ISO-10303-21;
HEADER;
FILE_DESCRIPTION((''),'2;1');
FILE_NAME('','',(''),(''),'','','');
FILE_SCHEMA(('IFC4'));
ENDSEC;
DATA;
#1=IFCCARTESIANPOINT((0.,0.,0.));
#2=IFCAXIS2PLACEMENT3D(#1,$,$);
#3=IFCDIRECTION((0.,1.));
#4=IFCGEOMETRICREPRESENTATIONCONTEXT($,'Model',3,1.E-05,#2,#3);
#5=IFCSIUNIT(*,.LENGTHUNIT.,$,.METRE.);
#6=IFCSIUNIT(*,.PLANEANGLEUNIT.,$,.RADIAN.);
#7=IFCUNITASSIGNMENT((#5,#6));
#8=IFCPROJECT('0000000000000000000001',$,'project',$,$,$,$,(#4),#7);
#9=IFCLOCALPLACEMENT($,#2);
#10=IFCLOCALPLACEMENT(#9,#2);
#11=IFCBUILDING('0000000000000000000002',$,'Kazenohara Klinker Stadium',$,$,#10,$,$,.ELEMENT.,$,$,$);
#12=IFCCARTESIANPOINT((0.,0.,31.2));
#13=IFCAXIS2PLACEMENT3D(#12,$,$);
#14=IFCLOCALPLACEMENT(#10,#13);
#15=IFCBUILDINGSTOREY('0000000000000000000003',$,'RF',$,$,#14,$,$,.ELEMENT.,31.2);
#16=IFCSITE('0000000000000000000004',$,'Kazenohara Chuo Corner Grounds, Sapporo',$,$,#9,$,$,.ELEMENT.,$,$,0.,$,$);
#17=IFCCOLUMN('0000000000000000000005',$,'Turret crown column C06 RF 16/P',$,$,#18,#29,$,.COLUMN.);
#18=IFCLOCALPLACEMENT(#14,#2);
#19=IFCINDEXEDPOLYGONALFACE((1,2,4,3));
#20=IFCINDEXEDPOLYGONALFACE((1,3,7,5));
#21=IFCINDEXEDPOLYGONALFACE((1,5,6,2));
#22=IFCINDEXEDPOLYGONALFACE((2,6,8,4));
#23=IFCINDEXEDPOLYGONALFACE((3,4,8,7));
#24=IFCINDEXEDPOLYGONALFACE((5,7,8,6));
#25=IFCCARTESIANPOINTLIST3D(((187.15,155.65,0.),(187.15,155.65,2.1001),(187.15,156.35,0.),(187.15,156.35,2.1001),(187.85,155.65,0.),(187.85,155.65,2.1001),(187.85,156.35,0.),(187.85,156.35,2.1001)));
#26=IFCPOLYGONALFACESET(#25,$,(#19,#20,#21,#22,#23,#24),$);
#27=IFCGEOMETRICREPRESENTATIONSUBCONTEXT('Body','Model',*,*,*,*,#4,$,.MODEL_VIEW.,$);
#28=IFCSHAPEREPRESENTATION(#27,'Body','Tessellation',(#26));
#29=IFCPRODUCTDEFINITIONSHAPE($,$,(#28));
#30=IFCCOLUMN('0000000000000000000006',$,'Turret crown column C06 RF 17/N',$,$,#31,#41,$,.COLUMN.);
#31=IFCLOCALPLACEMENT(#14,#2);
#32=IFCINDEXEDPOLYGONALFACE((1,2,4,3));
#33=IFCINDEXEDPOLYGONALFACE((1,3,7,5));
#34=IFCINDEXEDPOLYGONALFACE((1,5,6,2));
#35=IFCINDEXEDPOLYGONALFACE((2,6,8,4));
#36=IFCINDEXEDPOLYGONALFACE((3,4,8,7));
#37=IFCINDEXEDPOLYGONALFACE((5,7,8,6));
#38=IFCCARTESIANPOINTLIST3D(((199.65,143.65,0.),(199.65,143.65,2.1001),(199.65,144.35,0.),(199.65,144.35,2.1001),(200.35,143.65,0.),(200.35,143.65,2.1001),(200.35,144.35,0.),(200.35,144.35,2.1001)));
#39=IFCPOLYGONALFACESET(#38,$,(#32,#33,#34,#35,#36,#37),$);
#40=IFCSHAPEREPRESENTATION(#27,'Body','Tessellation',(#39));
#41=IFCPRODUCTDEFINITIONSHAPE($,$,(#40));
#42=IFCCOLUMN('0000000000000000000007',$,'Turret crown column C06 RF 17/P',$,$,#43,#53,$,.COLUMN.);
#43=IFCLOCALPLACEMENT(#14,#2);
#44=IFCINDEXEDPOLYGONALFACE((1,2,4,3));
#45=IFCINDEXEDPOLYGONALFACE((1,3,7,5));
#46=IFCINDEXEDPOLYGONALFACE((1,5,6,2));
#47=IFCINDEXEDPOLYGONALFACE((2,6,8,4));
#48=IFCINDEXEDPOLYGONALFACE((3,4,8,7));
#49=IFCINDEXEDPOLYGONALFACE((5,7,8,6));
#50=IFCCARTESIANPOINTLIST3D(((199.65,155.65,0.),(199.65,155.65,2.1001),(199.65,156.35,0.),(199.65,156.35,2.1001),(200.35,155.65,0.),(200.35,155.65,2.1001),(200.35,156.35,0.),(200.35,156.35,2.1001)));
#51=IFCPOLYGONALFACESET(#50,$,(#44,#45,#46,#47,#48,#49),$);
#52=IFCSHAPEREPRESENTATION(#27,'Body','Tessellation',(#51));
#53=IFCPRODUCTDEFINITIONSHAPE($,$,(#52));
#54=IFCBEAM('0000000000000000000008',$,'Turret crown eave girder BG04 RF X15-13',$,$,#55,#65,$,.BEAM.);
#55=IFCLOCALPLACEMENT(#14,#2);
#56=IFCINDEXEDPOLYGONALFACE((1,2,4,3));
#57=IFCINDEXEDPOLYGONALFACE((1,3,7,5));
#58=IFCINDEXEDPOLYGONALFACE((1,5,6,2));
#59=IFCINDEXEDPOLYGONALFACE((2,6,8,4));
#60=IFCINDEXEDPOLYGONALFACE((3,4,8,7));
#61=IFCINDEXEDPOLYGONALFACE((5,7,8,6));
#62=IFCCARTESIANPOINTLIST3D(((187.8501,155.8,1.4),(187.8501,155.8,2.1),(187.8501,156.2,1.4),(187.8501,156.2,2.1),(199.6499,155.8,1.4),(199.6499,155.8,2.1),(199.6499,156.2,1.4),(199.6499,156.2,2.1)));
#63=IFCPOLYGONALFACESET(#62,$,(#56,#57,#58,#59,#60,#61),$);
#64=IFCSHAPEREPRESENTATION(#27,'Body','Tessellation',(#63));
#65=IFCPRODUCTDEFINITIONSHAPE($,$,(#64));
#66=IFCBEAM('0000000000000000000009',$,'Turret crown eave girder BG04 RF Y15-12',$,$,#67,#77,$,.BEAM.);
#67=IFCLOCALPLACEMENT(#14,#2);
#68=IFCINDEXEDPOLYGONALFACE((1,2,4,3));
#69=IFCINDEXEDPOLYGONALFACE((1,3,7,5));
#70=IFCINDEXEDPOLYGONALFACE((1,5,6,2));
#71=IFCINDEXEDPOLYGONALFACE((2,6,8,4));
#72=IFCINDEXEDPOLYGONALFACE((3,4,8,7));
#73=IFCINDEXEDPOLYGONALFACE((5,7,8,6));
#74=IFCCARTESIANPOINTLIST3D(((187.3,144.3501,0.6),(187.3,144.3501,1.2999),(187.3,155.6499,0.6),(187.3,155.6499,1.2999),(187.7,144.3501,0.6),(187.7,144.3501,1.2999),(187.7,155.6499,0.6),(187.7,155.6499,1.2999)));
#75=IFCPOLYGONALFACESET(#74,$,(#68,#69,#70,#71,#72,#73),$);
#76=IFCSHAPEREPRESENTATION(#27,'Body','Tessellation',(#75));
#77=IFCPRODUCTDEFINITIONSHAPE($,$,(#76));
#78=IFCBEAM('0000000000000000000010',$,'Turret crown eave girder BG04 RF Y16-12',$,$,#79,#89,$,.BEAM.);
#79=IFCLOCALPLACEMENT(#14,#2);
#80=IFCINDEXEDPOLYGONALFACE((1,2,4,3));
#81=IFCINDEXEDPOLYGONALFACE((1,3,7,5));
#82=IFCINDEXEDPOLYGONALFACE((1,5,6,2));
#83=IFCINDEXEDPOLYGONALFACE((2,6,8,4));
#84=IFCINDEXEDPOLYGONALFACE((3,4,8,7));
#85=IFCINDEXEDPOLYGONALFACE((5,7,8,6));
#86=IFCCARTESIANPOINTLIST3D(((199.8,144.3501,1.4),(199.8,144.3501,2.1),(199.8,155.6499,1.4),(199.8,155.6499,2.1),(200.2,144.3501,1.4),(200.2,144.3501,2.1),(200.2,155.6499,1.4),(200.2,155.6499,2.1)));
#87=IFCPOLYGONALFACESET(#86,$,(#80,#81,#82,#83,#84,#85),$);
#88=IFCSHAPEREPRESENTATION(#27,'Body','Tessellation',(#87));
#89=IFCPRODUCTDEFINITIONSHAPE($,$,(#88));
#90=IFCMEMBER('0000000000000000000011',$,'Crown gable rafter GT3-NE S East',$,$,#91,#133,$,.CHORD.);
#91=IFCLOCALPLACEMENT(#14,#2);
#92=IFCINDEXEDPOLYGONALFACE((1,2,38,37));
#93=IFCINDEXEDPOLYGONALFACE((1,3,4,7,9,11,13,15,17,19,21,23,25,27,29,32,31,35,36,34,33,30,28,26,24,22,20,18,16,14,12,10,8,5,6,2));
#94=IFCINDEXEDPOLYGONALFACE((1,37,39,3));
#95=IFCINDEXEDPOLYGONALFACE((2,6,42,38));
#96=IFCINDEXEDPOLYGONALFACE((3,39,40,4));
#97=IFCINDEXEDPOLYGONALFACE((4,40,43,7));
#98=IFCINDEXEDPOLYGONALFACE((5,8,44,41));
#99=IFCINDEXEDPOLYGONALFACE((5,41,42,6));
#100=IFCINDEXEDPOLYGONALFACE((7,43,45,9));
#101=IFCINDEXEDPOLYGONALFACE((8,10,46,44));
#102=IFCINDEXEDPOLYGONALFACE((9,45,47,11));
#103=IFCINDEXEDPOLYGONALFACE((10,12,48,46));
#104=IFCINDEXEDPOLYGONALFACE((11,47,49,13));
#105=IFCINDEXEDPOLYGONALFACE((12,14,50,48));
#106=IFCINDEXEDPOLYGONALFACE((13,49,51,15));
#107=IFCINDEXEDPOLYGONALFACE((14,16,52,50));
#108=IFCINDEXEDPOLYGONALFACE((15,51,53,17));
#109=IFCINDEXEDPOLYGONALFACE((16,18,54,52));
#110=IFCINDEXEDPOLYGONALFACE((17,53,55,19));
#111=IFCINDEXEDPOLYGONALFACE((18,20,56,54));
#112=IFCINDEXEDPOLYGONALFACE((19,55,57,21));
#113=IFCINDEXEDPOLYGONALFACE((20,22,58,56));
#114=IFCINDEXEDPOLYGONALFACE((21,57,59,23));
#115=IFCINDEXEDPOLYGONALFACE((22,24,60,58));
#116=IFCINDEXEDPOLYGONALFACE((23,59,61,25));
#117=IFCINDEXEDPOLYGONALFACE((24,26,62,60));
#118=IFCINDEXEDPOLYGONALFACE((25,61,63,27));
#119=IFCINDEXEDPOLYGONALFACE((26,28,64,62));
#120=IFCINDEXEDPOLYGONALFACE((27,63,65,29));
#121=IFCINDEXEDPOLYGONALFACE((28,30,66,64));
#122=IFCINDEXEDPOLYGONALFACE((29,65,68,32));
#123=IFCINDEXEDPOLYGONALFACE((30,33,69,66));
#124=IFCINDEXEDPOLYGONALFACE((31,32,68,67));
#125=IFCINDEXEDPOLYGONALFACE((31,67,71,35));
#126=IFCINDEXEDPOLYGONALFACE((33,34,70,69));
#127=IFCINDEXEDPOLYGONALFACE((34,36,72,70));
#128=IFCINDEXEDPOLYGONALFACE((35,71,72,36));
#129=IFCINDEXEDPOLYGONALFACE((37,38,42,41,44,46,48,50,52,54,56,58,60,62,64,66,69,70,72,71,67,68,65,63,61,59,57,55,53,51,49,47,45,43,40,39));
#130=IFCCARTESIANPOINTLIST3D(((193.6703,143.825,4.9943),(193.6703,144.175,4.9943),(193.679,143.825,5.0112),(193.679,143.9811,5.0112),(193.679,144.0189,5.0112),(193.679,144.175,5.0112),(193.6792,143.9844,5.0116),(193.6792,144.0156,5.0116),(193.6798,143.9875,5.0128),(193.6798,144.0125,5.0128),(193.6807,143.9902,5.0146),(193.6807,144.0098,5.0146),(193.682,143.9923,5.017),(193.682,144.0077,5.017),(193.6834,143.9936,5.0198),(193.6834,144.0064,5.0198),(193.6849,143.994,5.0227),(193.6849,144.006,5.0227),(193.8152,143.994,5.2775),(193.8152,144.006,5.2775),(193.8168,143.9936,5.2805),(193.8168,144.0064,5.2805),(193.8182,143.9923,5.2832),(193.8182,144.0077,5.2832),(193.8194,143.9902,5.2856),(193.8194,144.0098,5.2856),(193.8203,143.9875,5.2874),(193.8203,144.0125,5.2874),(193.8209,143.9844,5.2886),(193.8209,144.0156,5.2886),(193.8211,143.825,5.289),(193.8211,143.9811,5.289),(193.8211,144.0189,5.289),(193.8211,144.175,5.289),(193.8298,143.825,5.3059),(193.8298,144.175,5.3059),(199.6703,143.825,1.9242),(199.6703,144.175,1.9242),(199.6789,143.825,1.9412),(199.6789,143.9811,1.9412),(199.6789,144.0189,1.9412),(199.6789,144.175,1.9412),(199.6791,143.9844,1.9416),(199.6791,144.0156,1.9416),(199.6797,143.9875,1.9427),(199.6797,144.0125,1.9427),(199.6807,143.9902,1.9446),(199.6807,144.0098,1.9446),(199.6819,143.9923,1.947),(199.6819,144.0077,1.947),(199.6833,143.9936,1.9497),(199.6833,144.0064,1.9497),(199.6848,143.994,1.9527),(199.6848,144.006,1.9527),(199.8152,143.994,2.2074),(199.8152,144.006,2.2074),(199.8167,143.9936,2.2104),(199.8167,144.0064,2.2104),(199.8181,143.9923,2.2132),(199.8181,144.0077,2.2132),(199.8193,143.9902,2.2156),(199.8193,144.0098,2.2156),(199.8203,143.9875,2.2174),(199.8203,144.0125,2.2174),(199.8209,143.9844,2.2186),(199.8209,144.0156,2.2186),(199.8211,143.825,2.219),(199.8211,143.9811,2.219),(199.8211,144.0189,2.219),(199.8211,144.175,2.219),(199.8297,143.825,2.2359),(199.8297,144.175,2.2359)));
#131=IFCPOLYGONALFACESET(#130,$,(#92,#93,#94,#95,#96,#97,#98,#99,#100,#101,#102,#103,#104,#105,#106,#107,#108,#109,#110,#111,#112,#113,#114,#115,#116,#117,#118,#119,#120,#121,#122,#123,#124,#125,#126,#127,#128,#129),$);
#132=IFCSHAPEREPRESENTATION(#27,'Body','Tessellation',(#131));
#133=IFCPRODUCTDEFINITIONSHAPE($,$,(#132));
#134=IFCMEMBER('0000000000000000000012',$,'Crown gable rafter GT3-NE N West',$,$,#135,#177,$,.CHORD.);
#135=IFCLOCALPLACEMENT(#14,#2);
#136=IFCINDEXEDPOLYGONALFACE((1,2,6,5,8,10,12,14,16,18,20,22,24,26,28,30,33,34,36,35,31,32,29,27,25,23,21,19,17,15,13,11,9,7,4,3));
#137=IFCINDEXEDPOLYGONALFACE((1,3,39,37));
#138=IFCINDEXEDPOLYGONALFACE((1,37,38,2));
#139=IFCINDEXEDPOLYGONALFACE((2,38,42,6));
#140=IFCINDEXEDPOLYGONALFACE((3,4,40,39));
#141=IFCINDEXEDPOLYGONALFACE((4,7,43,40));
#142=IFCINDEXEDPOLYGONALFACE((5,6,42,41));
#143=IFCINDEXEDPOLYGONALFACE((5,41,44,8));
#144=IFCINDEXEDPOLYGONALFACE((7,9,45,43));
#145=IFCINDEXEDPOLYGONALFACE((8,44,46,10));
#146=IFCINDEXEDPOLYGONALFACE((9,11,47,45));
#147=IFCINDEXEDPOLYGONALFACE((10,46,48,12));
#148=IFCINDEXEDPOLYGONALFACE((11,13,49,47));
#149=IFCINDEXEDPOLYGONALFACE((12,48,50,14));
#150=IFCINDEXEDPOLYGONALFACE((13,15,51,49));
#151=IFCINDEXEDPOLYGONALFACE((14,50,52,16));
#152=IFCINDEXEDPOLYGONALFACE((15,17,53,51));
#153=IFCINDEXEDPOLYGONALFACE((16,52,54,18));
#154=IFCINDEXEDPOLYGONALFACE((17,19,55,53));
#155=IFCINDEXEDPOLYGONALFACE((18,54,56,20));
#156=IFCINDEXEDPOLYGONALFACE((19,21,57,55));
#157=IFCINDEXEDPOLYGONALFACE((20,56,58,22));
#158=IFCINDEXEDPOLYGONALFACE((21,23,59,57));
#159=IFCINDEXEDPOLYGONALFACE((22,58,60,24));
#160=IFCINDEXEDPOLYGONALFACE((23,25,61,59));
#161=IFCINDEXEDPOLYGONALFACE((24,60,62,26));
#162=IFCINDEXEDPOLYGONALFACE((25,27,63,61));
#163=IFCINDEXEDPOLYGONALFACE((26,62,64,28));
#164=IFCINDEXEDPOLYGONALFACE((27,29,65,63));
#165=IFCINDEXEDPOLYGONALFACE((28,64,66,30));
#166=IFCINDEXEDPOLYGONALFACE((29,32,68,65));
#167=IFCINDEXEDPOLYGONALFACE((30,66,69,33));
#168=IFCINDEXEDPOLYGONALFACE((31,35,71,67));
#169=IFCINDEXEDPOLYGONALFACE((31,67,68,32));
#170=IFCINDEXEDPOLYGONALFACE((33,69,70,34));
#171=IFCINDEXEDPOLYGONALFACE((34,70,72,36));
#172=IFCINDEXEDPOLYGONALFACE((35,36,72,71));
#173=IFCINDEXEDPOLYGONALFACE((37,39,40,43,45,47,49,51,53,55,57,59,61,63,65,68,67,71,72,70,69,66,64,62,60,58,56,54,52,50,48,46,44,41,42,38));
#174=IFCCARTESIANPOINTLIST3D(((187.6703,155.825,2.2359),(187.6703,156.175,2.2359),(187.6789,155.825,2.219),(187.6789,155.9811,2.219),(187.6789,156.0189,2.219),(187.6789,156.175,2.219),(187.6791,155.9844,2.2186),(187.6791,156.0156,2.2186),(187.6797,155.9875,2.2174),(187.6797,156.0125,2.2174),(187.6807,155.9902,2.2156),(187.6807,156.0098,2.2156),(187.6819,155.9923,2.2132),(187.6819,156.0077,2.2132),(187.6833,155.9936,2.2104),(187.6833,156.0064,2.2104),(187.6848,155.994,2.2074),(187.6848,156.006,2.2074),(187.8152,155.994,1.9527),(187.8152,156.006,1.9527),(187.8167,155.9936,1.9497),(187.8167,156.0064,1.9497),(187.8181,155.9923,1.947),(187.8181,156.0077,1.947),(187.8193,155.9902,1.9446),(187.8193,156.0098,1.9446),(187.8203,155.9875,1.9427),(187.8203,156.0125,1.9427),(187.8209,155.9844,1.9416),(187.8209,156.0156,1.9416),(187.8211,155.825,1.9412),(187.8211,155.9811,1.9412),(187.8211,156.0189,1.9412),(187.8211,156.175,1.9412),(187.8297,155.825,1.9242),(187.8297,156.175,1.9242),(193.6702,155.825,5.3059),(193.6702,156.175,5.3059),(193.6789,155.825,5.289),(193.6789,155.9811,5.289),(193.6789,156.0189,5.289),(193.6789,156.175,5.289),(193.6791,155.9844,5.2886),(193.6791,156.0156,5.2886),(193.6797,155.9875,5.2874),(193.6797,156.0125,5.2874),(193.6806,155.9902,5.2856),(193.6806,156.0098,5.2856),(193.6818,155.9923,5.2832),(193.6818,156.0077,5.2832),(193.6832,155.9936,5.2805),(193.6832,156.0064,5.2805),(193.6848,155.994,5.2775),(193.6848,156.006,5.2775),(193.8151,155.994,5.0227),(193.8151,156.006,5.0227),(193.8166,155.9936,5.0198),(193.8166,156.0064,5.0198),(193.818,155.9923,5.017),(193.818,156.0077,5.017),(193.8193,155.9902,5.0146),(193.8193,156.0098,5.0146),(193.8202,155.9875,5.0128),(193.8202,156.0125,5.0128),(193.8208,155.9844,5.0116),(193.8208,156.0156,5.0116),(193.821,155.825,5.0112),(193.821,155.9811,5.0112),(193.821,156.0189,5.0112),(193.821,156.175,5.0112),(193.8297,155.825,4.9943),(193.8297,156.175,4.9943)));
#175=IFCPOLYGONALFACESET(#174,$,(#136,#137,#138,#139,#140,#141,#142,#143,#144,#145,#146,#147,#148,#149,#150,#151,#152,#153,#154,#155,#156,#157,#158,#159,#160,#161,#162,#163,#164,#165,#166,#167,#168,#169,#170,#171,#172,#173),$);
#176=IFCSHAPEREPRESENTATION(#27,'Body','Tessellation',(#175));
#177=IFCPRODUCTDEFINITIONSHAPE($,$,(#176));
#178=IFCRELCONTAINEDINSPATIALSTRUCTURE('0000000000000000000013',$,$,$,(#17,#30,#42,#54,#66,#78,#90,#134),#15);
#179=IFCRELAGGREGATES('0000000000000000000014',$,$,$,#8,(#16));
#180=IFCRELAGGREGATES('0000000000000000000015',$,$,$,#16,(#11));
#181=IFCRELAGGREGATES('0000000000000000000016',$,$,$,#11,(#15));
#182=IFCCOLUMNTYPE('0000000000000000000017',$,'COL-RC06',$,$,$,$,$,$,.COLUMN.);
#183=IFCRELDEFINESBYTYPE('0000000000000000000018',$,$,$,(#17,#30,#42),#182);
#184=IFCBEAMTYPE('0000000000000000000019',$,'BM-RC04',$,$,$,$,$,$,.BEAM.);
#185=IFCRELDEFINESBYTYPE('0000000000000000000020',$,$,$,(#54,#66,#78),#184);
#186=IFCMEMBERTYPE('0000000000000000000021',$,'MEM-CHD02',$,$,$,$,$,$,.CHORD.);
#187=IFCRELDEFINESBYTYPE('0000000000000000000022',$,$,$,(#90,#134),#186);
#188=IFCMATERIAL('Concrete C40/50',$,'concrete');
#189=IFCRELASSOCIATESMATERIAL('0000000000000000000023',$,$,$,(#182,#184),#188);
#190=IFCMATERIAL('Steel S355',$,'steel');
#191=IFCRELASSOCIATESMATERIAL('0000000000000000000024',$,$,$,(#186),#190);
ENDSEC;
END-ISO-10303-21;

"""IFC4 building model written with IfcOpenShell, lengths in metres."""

from ifc_helpers import new_model, si_unit, direction, frame, origin, origin_2d, place, context, subcontext, project, spatial, rectangle, i_section, extrude, material, material_profile, profile_set, type_object, element, save


model = new_model("IFC4")

# Units and contexts
model_context = context("Model", 3, precision=1e-05, world=origin(), true_north=direction((0.0, 1.0)))
body_context = subcontext(model_context, "Body", "Model", "MODEL_VIEW")
ifc_project = project(units=[si_unit("LENGTHUNIT", "METRE"), si_unit("PLANEANGLEUNIT", "RADIAN")], contexts=[model_context])

# Site, building, storey
site_placement = place(None, origin())
site = spatial("IfcSite", under=ifc_project, at=site_placement, Name="Kazenohara Chuo Corner Grounds, Sapporo", CompositionType="ELEMENT", RefElevation=0.0)
building_placement = place(site_placement, origin())
building = spatial("IfcBuilding", under=site, at=building_placement, Name="Kazenohara Klinker Stadium", CompositionType="ELEMENT")
storey_placement = place(building_placement, frame((0.0, 0.0, 31.2)))
storey = spatial("IfcBuildingStorey", under=building, at=storey_placement, Name="RF", CompositionType="ELEMENT", Elevation=31.2)

# Columns
ifc_material_1 = material(Name="Concrete C40/50", Category="concrete")
ifc_material_profile_1 = material_profile(ifc_material_1, rectangle(XDim=0.7, YDim=0.7, at=origin_2d()), Name="RC-COL-700x700")
ifc_profile_set_1 = profile_set([ifc_material_profile_1], Name="Concrete C40/50")
column_type = type_object("IfcColumnType", Name="COL-RC06", PredefinedType="COLUMN", material=ifc_profile_set_1)
for number, where, z_axis, x_axis, name in (
    (1, (187.5, 156.0, 0.0), (0.0, 0.0, 1.0), (1.0, 0.0, 0.0), "Turret crown column C06 RF 16/P"),
    (2, (200.0, 144.0, 0.0), (0.0, 0.0, 1.0), (1.0, 0.0, 0.0), "Turret crown column C06 RF 17/N"),
    (3, (200.0, 156.0, 0.0), (0.0, 0.0, 1.0), (1.0, 0.0, 0.0), "Turret crown column C06 RF 17/P"),
):
    element("IfcColumn", number, at=place(storey_placement, frame(where, z_axis=z_axis, x_axis=x_axis)), inside=storey, type_object=column_type, Name=name, PredefinedType="COLUMN", context=body_context, shape_type="SweptSolid", body=[
        extrude(rectangle(XDim=0.7, YDim=0.7, at=origin_2d()), origin(), (0.0, 0.0, 1.0), 2.1001),
    ])

# Beams
ifc_material_profile_2 = material_profile(ifc_material_1, rectangle(XDim=0.3999, YDim=0.7, at=origin_2d()), Name="RC-BM-400x700")
ifc_profile_set_2 = profile_set([ifc_material_profile_2], Name="Concrete C40/50")
beam_type = type_object("IfcBeamType", Name="BM-RC04", PredefinedType="BEAM", material=ifc_profile_set_2)
beam_placement = place(storey_placement, frame((187.8501, 156.0, 1.75), z_axis=(1.0, 0.0, 0.0), x_axis=(0.0, 1.0, 0.0)))
element("IfcBeam", 4, at=beam_placement, inside=storey, type_object=beam_type, Name="Turret crown eave girder BG04 RF X15-13", PredefinedType="BEAM", context=body_context, shape_type="SweptSolid", body=[
    extrude(rectangle(XDim=0.3999, YDim=0.7, at=origin_2d()), origin(), (0.0, 0.0, 1.0), 11.7998),
])
for number, where, z_axis, x_axis, name in (
    (5, (187.5, 144.3501, 0.95), (0.0, 1.0, 0.0), (-1.0, 0.0, 0.0), "Turret crown eave girder BG04 RF Y15-12"),
    (6, (200.0, 144.3501, 1.75), (0.0, 1.0, 0.0), (-1.0, 0.0, 0.0), "Turret crown eave girder BG04 RF Y16-12"),
):
    element("IfcBeam", number, at=place(storey_placement, frame(where, z_axis=z_axis, x_axis=x_axis)), inside=storey, type_object=beam_type, Name=name, PredefinedType="BEAM", context=body_context, shape_type="SweptSolid", body=[
        extrude(rectangle(XDim=0.3999, YDim=0.7, at=origin_2d()), origin(), (0.0, 0.0, 1.0), 11.2998),
    ])

# Members
ifc_material_2 = material(Name="Steel S355", Category="steel")
ifc_material_profile_3 = material_profile(ifc_material_2, i_section(OverallWidth=0.3501, OverallDepth=0.3501, WebThickness=0.012, FlangeThickness=0.019, FilletRadius=0.0129, at=origin_2d()), Name="H-350x350x12x19")
ifc_profile_set_3 = profile_set([ifc_material_profile_3], Name="Steel S355")
member_type_1 = type_object("IfcMemberType", Name="MEM-CHD02", PredefinedType="CHORD", material=ifc_profile_set_3)
for number, where, z_axis, x_axis, name in (
    (7, (199.75, 144.0, 2.0801), (-0.89023, 0.0, 0.455511), (0.0, -1.0, 0.0), "Crown gable rafter GT3-NE S East"),
    (8, (187.75, 156.0, 2.0801), (0.89023, 0.0, 0.455511), (0.0, 1.0, 0.0), "Crown gable rafter GT3-NE N West"),
):
    element("IfcMember", number, at=place(storey_placement, frame(where, z_axis=z_axis, x_axis=x_axis)), inside=storey, type_object=member_type_1, Name=name, PredefinedType="CHORD", context=body_context, shape_type="SweptSolid", body=[
        extrude(i_section(OverallWidth=0.3501, OverallDepth=0.3501, WebThickness=0.012, FlangeThickness=0.019, FilletRadius=0.0129, at=origin_2d()), origin(), (0.0, 0.0, 1.0), 6.7397),
    ])

save(model, "model.ifc")
